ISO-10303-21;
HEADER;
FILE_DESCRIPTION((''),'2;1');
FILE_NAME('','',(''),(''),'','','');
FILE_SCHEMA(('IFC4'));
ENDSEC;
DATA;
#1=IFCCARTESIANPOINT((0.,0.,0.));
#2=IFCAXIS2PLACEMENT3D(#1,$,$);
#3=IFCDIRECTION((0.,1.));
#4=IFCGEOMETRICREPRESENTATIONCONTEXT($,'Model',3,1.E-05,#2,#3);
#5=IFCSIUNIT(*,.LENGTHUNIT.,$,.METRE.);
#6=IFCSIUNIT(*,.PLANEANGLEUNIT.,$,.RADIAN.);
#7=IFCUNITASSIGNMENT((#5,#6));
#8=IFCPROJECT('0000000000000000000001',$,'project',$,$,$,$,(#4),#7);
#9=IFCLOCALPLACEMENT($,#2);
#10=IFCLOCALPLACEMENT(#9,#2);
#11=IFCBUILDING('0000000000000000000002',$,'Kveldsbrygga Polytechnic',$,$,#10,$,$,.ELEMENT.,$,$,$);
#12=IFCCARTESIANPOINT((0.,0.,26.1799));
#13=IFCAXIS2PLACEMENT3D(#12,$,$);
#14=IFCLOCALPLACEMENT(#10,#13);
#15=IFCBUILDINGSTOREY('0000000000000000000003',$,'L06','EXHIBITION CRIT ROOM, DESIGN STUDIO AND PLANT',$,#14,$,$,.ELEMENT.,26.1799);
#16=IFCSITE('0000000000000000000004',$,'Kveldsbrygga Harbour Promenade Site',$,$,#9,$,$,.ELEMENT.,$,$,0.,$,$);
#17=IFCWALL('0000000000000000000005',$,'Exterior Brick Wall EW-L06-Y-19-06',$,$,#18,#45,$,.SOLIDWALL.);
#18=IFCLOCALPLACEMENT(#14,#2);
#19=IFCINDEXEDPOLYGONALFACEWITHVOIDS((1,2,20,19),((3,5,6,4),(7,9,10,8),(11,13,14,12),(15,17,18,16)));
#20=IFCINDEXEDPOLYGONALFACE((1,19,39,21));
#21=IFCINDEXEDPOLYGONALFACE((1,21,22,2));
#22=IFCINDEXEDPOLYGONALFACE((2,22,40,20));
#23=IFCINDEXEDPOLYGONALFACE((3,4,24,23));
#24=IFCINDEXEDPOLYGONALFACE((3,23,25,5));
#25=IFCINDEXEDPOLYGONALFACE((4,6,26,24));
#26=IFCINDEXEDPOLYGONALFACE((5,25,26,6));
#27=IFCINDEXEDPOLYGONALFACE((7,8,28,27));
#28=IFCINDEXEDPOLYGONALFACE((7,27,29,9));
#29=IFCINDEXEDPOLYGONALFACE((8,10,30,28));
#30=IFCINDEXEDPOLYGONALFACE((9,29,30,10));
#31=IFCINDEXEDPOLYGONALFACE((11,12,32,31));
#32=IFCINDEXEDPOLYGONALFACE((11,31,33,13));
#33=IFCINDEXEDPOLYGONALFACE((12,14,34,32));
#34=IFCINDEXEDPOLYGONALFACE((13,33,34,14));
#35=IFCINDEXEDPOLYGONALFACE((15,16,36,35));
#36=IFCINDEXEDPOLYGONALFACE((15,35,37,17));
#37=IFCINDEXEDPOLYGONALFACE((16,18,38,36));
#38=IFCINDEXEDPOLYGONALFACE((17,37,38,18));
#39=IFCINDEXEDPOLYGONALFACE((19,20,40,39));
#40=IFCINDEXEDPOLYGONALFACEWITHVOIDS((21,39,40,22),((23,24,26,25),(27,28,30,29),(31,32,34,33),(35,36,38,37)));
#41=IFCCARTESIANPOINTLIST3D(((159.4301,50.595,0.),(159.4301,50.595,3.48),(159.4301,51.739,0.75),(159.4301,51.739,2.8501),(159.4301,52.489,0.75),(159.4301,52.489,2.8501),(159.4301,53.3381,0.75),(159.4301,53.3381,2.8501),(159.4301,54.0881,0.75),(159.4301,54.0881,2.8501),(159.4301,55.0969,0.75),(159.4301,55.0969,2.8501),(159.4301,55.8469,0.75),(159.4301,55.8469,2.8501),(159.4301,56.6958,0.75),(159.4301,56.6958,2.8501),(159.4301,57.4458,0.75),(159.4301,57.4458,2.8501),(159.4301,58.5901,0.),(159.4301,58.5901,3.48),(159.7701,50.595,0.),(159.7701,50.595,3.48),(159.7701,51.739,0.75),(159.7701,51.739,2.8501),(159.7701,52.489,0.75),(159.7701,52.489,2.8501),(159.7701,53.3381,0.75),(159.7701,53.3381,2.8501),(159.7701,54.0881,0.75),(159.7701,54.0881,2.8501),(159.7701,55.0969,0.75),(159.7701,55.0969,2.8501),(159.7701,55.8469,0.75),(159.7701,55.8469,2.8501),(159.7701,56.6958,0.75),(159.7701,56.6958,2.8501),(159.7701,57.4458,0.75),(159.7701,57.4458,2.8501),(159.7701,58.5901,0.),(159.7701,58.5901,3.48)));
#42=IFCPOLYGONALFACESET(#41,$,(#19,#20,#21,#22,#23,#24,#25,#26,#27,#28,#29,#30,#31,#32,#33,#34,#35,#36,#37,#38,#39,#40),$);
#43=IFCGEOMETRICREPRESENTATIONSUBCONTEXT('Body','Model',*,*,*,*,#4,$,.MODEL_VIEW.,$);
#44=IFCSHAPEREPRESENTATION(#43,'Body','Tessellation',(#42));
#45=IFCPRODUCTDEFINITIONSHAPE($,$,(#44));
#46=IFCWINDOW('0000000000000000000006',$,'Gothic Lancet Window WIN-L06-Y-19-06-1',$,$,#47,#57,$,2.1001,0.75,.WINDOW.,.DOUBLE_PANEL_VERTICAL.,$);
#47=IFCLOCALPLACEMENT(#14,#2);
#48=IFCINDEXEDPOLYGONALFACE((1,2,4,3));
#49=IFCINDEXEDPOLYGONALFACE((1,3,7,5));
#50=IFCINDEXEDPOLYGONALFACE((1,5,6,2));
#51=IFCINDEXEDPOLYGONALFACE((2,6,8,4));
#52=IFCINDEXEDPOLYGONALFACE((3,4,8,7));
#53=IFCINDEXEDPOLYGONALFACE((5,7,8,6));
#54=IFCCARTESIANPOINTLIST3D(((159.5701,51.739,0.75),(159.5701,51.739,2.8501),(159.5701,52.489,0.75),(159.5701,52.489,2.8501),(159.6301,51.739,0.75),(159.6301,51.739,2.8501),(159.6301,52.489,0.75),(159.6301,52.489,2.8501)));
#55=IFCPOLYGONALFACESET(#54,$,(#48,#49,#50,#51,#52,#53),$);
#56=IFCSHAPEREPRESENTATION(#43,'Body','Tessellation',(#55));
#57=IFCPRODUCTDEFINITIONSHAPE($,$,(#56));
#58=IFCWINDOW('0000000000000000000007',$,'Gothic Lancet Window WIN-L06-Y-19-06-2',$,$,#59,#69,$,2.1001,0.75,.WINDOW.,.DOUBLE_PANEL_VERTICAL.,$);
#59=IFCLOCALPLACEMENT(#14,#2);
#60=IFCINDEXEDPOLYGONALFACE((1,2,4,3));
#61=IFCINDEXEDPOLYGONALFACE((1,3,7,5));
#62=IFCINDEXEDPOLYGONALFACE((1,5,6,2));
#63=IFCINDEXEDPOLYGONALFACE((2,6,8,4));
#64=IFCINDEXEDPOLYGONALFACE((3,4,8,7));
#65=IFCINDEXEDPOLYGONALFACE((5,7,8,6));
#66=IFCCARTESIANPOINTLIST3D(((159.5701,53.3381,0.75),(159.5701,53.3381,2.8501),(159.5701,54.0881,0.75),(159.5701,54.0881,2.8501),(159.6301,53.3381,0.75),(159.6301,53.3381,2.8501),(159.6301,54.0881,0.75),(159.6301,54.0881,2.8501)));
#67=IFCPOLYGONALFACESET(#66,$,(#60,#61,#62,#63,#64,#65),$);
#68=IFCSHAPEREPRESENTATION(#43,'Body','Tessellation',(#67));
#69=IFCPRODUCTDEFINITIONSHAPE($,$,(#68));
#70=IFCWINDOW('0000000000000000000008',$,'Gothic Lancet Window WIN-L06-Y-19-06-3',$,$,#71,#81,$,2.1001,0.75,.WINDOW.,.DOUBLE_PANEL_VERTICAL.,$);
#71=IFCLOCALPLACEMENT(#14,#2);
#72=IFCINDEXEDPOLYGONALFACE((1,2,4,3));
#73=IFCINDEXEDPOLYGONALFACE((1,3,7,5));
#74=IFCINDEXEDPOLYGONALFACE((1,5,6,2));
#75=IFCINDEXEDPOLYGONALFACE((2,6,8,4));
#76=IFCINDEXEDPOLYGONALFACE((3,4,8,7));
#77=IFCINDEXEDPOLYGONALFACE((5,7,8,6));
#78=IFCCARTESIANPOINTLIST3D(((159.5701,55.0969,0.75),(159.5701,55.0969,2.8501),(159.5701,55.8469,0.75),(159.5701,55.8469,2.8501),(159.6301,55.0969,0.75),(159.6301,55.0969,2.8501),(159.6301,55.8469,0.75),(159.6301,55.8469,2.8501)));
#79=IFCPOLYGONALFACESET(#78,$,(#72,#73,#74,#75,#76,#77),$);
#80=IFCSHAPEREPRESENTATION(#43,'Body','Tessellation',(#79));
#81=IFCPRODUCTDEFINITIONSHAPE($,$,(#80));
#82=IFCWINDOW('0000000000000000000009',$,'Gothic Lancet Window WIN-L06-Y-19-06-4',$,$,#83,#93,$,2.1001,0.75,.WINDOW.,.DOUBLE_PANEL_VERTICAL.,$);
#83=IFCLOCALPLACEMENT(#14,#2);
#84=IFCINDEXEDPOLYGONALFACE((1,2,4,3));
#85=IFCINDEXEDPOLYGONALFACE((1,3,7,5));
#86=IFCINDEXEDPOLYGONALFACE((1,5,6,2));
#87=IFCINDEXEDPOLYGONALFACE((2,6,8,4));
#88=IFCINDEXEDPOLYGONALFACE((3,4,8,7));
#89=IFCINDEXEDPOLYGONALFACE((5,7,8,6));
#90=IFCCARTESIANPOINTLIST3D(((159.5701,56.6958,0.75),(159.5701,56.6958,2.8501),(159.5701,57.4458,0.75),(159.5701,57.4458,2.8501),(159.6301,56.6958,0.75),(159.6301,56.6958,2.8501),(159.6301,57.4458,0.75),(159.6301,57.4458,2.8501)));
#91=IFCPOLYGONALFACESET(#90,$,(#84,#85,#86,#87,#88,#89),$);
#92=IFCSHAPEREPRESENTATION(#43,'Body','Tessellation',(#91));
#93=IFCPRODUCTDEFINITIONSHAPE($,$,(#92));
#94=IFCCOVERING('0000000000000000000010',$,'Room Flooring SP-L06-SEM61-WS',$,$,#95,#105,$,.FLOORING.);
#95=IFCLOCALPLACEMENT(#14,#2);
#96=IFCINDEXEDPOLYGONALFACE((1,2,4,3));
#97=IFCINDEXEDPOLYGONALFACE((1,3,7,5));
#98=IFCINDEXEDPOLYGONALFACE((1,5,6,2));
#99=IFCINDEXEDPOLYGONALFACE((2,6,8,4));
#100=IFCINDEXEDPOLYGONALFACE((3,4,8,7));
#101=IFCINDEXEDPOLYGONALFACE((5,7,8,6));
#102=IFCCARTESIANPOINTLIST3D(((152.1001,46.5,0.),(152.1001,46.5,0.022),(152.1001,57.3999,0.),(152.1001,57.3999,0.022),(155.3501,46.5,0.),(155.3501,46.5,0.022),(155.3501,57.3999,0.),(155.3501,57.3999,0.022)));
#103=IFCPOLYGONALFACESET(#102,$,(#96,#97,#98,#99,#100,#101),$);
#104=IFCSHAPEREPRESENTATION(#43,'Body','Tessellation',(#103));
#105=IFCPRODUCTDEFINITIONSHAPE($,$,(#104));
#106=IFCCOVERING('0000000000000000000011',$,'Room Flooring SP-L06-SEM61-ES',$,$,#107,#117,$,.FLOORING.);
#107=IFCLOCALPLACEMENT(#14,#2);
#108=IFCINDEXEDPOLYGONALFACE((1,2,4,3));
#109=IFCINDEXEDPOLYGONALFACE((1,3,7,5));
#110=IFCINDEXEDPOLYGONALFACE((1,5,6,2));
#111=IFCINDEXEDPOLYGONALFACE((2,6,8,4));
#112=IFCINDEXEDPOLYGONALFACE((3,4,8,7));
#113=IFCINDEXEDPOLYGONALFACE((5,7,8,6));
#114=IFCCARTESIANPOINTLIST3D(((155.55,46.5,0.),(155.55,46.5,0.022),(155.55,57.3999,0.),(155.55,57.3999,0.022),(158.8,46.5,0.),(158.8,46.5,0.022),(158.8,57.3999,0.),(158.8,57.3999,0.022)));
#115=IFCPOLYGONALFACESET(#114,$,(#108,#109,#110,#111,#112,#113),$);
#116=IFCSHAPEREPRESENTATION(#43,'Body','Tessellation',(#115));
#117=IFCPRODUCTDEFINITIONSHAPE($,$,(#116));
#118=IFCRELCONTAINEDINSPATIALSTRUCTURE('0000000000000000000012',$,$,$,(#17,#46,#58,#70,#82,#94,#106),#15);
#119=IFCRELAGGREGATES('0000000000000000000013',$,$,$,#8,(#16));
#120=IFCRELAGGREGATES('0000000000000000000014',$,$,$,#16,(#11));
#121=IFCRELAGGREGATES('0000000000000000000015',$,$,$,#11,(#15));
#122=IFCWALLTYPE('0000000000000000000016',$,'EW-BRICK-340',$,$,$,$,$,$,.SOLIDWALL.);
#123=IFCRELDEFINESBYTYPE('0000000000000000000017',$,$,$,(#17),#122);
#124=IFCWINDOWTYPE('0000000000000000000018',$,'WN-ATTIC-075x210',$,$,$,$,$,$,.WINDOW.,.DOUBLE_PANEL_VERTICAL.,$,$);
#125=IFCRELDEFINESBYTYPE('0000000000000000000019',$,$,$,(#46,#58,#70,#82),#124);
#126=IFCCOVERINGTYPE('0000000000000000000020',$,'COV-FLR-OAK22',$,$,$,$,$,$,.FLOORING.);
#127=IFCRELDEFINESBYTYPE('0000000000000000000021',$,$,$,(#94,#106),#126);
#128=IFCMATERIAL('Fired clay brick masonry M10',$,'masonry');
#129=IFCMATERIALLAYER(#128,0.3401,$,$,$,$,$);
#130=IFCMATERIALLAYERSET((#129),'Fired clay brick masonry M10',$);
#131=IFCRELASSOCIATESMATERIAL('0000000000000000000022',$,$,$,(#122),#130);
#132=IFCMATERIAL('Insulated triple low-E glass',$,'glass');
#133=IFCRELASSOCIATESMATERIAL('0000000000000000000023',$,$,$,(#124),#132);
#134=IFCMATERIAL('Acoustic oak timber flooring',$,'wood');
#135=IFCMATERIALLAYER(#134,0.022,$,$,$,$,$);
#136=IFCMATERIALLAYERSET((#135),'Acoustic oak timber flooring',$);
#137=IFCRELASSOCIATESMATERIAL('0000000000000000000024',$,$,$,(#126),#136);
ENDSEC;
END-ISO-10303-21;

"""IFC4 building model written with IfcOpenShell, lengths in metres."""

from ifc_helpers import new_model, si_unit, direction, frame, frame_2d, origin, origin_2d, place, context, subcontext, project, spatial, rectangle, extrude, material, layer, layer_set, type_object, element, fill, save


model = new_model("IFC4")

# Units and contexts
model_context = context("Model", 3, precision=1e-05, world=origin(), true_north=direction((0.0, 1.0)))
body_context = subcontext(model_context, "Body", "Model", "MODEL_VIEW")
ifc_project = project(units=[si_unit("LENGTHUNIT", "METRE"), si_unit("PLANEANGLEUNIT", "RADIAN")], contexts=[model_context])

# Site, building, storey
site_placement = place(None, origin())
site = spatial("IfcSite", under=ifc_project, at=site_placement, Name="Kveldsbrygga Harbour Promenade Site", CompositionType="ELEMENT", RefElevation=0.0)
building_placement = place(site_placement, origin())
building = spatial("IfcBuilding", under=site, at=building_placement, Name="Kveldsbrygga Polytechnic", CompositionType="ELEMENT")
storey_placement = place(building_placement, frame((0.0, 0.0, 26.1799)))
storey = spatial("IfcBuildingStorey", under=building, at=storey_placement, Name="L06", Description="EXHIBITION CRIT ROOM, DESIGN STUDIO AND PLANT", CompositionType="ELEMENT", Elevation=26.1799)

# Wall, openings, windows
ifc_material_1 = material(Name="Fired clay brick masonry M10", Category="masonry")
ifc_layer_1 = layer(ifc_material_1, 0.3401)
ifc_layer_set_1 = layer_set([ifc_layer_1], Name="Fired clay brick masonry M10")
wall_type = type_object("IfcWallType", Name="EW-BRICK-340", PredefinedType="SOLIDWALL", material=ifc_layer_set_1)
wall_placement = place(storey_placement, frame((159.6001, 50.595, 0.0), z_axis=(0.0, 0.0, 1.0), x_axis=(0.0, 1.0, 0.0)))
wall = element("IfcWall", 1, at=wall_placement, inside=storey, type_object=wall_type, Name="Exterior Brick Wall EW-L06-Y-19-06", PredefinedType="SOLIDWALL", context=body_context, shape_type="SweptSolid", body=[
    extrude(rectangle(XDim=7.9951, YDim=0.3401, at=frame_2d((3.9976, 0.0))), origin(), (0.0, 0.0, 1.0), 3.48),
])
opening_1_placement = place(wall_placement, frame((1.144, 0.0, 0.75)))
opening_1 = element("IfcOpeningElement", 2, at=opening_1_placement, cuts=wall, PredefinedType="OPENING", context=body_context, shape_type="SweptSolid", body=[
    extrude(rectangle(XDim=0.75, YDim=2.1001, at=frame_2d((0.375, 1.05))), frame((0.0, 0.1802, 0.0), z_axis=(0.0, -1.0, 0.0), x_axis=(1.0, 0.0, 0.0)), (0.0, 0.0, 1.0), 0.3601),
])
opening_2_placement = place(wall_placement, frame((2.7432, 0.0, 0.75)))
opening_2 = element("IfcOpeningElement", 3, at=opening_2_placement, cuts=wall, PredefinedType="OPENING", context=body_context, shape_type="SweptSolid", body=[
    extrude(rectangle(XDim=0.75, YDim=2.1001, at=frame_2d((0.375, 1.05))), frame((0.0, 0.1802, 0.0), z_axis=(0.0, -1.0, 0.0), x_axis=(1.0, 0.0, 0.0)), (0.0, 0.0, 1.0), 0.3601),
])
opening_3_placement = place(wall_placement, frame((4.502, 0.0, 0.75)))
opening_3 = element("IfcOpeningElement", 4, at=opening_3_placement, cuts=wall, PredefinedType="OPENING", context=body_context, shape_type="SweptSolid", body=[
    extrude(rectangle(XDim=0.75, YDim=2.1001, at=frame_2d((0.375, 1.05))), frame((0.0, 0.1802, 0.0), z_axis=(0.0, -1.0, 0.0), x_axis=(1.0, 0.0, 0.0)), (0.0, 0.0, 1.0), 0.3601),
])
opening_4_placement = place(wall_placement, frame((6.1008, 0.0, 0.75)))
opening_4 = element("IfcOpeningElement", 5, at=opening_4_placement, cuts=wall, PredefinedType="OPENING", context=body_context, shape_type="SweptSolid", body=[
    extrude(rectangle(XDim=0.75, YDim=2.1001, at=frame_2d((0.375, 1.05))), frame((0.0, 0.1802, 0.0), z_axis=(0.0, -1.0, 0.0), x_axis=(1.0, 0.0, 0.0)), (0.0, 0.0, 1.0), 0.3601),
])
ifc_material_2 = material(Name="Insulated triple low-E glass", Category="glass")
window_type = type_object("IfcWindowType", Name="WN-ATTIC-075x210", PartitioningType="DOUBLE_PANEL_VERTICAL", PredefinedType="WINDOW", material=ifc_material_2)
window_1_placement = place(opening_1_placement, origin())
window_1 = element("IfcWindow", 6, at=window_1_placement, inside=storey, type_object=window_type, Name="Gothic Lancet Window WIN-L06-Y-19-06-1", OverallHeight=2.1001, OverallWidth=0.75, PartitioningType="DOUBLE_PANEL_VERTICAL", PredefinedType="WINDOW", context=body_context, shape_type="SweptSolid", body=[
    extrude(rectangle(XDim=0.75, YDim=2.1001, at=frame_2d((0.375, 1.05))), frame((0.0, 0.03, 0.0), z_axis=(0.0, -1.0, 0.0), x_axis=(1.0, 0.0, 0.0)), (0.0, 0.0, 1.0), 0.0601),
])
fill(opening_1, window_1)
window_2_placement = place(opening_2_placement, origin())
window_2 = element("IfcWindow", 7, at=window_2_placement, inside=storey, type_object=window_type, Name="Gothic Lancet Window WIN-L06-Y-19-06-2", OverallHeight=2.1001, OverallWidth=0.75, PartitioningType="DOUBLE_PANEL_VERTICAL", PredefinedType="WINDOW", context=body_context, shape_type="SweptSolid", body=[
    extrude(rectangle(XDim=0.75, YDim=2.1001, at=frame_2d((0.375, 1.05))), frame((0.0, 0.03, 0.0), z_axis=(0.0, -1.0, 0.0), x_axis=(1.0, 0.0, 0.0)), (0.0, 0.0, 1.0), 0.0601),
])
fill(opening_2, window_2)
window_3_placement = place(opening_3_placement, origin())
window_3 = element("IfcWindow", 8, at=window_3_placement, inside=storey, type_object=window_type, Name="Gothic Lancet Window WIN-L06-Y-19-06-3", OverallHeight=2.1001, OverallWidth=0.75, PartitioningType="DOUBLE_PANEL_VERTICAL", PredefinedType="WINDOW", context=body_context, shape_type="SweptSolid", body=[
    extrude(rectangle(XDim=0.75, YDim=2.1001, at=frame_2d((0.375, 1.05))), frame((0.0, 0.03, 0.0), z_axis=(0.0, -1.0, 0.0), x_axis=(1.0, 0.0, 0.0)), (0.0, 0.0, 1.0), 0.0601),
])
fill(opening_3, window_3)
window_4_placement = place(opening_4_placement, origin())
window_4 = element("IfcWindow", 9, at=window_4_placement, inside=storey, type_object=window_type, Name="Gothic Lancet Window WIN-L06-Y-19-06-4", OverallHeight=2.1001, OverallWidth=0.75, PartitioningType="DOUBLE_PANEL_VERTICAL", PredefinedType="WINDOW", context=body_context, shape_type="SweptSolid", body=[
    extrude(rectangle(XDim=0.75, YDim=2.1001, at=frame_2d((0.375, 1.05))), frame((0.0, 0.03, 0.0), z_axis=(0.0, -1.0, 0.0), x_axis=(1.0, 0.0, 0.0)), (0.0, 0.0, 1.0), 0.0601),
])
fill(opening_4, window_4)

# Coverings
ifc_material_3 = material(Name="Acoustic oak timber flooring", Category="wood")
ifc_layer_2 = layer(ifc_material_3, 0.022)
ifc_layer_set_2 = layer_set([ifc_layer_2], Name="Acoustic oak timber flooring")
covering_type = type_object("IfcCoveringType", Name="COV-FLR-OAK22", PredefinedType="FLOORING", material=ifc_layer_set_2)
for number, where, z_axis, x_axis, name in (
    (10, (153.7251, 51.95, 0.0), (0.0, 0.0, 1.0), (1.0, 0.0, 0.0), "Room Flooring SP-L06-SEM61-WS"),
    (11, (157.175, 51.95, 0.0), (0.0, 0.0, 1.0), (1.0, 0.0, 0.0), "Room Flooring SP-L06-SEM61-ES"),
):
    element("IfcCovering", number, at=place(storey_placement, frame(where, z_axis=z_axis, x_axis=x_axis)), inside=storey, type_object=covering_type, Name=name, PredefinedType="FLOORING", context=body_context, shape_type="SweptSolid", body=[
        extrude(rectangle(XDim=3.25, YDim=10.8999, at=origin_2d()), origin(), (0.0, 0.0, 1.0), 0.022),
    ])

save(model, "model.ifc")
